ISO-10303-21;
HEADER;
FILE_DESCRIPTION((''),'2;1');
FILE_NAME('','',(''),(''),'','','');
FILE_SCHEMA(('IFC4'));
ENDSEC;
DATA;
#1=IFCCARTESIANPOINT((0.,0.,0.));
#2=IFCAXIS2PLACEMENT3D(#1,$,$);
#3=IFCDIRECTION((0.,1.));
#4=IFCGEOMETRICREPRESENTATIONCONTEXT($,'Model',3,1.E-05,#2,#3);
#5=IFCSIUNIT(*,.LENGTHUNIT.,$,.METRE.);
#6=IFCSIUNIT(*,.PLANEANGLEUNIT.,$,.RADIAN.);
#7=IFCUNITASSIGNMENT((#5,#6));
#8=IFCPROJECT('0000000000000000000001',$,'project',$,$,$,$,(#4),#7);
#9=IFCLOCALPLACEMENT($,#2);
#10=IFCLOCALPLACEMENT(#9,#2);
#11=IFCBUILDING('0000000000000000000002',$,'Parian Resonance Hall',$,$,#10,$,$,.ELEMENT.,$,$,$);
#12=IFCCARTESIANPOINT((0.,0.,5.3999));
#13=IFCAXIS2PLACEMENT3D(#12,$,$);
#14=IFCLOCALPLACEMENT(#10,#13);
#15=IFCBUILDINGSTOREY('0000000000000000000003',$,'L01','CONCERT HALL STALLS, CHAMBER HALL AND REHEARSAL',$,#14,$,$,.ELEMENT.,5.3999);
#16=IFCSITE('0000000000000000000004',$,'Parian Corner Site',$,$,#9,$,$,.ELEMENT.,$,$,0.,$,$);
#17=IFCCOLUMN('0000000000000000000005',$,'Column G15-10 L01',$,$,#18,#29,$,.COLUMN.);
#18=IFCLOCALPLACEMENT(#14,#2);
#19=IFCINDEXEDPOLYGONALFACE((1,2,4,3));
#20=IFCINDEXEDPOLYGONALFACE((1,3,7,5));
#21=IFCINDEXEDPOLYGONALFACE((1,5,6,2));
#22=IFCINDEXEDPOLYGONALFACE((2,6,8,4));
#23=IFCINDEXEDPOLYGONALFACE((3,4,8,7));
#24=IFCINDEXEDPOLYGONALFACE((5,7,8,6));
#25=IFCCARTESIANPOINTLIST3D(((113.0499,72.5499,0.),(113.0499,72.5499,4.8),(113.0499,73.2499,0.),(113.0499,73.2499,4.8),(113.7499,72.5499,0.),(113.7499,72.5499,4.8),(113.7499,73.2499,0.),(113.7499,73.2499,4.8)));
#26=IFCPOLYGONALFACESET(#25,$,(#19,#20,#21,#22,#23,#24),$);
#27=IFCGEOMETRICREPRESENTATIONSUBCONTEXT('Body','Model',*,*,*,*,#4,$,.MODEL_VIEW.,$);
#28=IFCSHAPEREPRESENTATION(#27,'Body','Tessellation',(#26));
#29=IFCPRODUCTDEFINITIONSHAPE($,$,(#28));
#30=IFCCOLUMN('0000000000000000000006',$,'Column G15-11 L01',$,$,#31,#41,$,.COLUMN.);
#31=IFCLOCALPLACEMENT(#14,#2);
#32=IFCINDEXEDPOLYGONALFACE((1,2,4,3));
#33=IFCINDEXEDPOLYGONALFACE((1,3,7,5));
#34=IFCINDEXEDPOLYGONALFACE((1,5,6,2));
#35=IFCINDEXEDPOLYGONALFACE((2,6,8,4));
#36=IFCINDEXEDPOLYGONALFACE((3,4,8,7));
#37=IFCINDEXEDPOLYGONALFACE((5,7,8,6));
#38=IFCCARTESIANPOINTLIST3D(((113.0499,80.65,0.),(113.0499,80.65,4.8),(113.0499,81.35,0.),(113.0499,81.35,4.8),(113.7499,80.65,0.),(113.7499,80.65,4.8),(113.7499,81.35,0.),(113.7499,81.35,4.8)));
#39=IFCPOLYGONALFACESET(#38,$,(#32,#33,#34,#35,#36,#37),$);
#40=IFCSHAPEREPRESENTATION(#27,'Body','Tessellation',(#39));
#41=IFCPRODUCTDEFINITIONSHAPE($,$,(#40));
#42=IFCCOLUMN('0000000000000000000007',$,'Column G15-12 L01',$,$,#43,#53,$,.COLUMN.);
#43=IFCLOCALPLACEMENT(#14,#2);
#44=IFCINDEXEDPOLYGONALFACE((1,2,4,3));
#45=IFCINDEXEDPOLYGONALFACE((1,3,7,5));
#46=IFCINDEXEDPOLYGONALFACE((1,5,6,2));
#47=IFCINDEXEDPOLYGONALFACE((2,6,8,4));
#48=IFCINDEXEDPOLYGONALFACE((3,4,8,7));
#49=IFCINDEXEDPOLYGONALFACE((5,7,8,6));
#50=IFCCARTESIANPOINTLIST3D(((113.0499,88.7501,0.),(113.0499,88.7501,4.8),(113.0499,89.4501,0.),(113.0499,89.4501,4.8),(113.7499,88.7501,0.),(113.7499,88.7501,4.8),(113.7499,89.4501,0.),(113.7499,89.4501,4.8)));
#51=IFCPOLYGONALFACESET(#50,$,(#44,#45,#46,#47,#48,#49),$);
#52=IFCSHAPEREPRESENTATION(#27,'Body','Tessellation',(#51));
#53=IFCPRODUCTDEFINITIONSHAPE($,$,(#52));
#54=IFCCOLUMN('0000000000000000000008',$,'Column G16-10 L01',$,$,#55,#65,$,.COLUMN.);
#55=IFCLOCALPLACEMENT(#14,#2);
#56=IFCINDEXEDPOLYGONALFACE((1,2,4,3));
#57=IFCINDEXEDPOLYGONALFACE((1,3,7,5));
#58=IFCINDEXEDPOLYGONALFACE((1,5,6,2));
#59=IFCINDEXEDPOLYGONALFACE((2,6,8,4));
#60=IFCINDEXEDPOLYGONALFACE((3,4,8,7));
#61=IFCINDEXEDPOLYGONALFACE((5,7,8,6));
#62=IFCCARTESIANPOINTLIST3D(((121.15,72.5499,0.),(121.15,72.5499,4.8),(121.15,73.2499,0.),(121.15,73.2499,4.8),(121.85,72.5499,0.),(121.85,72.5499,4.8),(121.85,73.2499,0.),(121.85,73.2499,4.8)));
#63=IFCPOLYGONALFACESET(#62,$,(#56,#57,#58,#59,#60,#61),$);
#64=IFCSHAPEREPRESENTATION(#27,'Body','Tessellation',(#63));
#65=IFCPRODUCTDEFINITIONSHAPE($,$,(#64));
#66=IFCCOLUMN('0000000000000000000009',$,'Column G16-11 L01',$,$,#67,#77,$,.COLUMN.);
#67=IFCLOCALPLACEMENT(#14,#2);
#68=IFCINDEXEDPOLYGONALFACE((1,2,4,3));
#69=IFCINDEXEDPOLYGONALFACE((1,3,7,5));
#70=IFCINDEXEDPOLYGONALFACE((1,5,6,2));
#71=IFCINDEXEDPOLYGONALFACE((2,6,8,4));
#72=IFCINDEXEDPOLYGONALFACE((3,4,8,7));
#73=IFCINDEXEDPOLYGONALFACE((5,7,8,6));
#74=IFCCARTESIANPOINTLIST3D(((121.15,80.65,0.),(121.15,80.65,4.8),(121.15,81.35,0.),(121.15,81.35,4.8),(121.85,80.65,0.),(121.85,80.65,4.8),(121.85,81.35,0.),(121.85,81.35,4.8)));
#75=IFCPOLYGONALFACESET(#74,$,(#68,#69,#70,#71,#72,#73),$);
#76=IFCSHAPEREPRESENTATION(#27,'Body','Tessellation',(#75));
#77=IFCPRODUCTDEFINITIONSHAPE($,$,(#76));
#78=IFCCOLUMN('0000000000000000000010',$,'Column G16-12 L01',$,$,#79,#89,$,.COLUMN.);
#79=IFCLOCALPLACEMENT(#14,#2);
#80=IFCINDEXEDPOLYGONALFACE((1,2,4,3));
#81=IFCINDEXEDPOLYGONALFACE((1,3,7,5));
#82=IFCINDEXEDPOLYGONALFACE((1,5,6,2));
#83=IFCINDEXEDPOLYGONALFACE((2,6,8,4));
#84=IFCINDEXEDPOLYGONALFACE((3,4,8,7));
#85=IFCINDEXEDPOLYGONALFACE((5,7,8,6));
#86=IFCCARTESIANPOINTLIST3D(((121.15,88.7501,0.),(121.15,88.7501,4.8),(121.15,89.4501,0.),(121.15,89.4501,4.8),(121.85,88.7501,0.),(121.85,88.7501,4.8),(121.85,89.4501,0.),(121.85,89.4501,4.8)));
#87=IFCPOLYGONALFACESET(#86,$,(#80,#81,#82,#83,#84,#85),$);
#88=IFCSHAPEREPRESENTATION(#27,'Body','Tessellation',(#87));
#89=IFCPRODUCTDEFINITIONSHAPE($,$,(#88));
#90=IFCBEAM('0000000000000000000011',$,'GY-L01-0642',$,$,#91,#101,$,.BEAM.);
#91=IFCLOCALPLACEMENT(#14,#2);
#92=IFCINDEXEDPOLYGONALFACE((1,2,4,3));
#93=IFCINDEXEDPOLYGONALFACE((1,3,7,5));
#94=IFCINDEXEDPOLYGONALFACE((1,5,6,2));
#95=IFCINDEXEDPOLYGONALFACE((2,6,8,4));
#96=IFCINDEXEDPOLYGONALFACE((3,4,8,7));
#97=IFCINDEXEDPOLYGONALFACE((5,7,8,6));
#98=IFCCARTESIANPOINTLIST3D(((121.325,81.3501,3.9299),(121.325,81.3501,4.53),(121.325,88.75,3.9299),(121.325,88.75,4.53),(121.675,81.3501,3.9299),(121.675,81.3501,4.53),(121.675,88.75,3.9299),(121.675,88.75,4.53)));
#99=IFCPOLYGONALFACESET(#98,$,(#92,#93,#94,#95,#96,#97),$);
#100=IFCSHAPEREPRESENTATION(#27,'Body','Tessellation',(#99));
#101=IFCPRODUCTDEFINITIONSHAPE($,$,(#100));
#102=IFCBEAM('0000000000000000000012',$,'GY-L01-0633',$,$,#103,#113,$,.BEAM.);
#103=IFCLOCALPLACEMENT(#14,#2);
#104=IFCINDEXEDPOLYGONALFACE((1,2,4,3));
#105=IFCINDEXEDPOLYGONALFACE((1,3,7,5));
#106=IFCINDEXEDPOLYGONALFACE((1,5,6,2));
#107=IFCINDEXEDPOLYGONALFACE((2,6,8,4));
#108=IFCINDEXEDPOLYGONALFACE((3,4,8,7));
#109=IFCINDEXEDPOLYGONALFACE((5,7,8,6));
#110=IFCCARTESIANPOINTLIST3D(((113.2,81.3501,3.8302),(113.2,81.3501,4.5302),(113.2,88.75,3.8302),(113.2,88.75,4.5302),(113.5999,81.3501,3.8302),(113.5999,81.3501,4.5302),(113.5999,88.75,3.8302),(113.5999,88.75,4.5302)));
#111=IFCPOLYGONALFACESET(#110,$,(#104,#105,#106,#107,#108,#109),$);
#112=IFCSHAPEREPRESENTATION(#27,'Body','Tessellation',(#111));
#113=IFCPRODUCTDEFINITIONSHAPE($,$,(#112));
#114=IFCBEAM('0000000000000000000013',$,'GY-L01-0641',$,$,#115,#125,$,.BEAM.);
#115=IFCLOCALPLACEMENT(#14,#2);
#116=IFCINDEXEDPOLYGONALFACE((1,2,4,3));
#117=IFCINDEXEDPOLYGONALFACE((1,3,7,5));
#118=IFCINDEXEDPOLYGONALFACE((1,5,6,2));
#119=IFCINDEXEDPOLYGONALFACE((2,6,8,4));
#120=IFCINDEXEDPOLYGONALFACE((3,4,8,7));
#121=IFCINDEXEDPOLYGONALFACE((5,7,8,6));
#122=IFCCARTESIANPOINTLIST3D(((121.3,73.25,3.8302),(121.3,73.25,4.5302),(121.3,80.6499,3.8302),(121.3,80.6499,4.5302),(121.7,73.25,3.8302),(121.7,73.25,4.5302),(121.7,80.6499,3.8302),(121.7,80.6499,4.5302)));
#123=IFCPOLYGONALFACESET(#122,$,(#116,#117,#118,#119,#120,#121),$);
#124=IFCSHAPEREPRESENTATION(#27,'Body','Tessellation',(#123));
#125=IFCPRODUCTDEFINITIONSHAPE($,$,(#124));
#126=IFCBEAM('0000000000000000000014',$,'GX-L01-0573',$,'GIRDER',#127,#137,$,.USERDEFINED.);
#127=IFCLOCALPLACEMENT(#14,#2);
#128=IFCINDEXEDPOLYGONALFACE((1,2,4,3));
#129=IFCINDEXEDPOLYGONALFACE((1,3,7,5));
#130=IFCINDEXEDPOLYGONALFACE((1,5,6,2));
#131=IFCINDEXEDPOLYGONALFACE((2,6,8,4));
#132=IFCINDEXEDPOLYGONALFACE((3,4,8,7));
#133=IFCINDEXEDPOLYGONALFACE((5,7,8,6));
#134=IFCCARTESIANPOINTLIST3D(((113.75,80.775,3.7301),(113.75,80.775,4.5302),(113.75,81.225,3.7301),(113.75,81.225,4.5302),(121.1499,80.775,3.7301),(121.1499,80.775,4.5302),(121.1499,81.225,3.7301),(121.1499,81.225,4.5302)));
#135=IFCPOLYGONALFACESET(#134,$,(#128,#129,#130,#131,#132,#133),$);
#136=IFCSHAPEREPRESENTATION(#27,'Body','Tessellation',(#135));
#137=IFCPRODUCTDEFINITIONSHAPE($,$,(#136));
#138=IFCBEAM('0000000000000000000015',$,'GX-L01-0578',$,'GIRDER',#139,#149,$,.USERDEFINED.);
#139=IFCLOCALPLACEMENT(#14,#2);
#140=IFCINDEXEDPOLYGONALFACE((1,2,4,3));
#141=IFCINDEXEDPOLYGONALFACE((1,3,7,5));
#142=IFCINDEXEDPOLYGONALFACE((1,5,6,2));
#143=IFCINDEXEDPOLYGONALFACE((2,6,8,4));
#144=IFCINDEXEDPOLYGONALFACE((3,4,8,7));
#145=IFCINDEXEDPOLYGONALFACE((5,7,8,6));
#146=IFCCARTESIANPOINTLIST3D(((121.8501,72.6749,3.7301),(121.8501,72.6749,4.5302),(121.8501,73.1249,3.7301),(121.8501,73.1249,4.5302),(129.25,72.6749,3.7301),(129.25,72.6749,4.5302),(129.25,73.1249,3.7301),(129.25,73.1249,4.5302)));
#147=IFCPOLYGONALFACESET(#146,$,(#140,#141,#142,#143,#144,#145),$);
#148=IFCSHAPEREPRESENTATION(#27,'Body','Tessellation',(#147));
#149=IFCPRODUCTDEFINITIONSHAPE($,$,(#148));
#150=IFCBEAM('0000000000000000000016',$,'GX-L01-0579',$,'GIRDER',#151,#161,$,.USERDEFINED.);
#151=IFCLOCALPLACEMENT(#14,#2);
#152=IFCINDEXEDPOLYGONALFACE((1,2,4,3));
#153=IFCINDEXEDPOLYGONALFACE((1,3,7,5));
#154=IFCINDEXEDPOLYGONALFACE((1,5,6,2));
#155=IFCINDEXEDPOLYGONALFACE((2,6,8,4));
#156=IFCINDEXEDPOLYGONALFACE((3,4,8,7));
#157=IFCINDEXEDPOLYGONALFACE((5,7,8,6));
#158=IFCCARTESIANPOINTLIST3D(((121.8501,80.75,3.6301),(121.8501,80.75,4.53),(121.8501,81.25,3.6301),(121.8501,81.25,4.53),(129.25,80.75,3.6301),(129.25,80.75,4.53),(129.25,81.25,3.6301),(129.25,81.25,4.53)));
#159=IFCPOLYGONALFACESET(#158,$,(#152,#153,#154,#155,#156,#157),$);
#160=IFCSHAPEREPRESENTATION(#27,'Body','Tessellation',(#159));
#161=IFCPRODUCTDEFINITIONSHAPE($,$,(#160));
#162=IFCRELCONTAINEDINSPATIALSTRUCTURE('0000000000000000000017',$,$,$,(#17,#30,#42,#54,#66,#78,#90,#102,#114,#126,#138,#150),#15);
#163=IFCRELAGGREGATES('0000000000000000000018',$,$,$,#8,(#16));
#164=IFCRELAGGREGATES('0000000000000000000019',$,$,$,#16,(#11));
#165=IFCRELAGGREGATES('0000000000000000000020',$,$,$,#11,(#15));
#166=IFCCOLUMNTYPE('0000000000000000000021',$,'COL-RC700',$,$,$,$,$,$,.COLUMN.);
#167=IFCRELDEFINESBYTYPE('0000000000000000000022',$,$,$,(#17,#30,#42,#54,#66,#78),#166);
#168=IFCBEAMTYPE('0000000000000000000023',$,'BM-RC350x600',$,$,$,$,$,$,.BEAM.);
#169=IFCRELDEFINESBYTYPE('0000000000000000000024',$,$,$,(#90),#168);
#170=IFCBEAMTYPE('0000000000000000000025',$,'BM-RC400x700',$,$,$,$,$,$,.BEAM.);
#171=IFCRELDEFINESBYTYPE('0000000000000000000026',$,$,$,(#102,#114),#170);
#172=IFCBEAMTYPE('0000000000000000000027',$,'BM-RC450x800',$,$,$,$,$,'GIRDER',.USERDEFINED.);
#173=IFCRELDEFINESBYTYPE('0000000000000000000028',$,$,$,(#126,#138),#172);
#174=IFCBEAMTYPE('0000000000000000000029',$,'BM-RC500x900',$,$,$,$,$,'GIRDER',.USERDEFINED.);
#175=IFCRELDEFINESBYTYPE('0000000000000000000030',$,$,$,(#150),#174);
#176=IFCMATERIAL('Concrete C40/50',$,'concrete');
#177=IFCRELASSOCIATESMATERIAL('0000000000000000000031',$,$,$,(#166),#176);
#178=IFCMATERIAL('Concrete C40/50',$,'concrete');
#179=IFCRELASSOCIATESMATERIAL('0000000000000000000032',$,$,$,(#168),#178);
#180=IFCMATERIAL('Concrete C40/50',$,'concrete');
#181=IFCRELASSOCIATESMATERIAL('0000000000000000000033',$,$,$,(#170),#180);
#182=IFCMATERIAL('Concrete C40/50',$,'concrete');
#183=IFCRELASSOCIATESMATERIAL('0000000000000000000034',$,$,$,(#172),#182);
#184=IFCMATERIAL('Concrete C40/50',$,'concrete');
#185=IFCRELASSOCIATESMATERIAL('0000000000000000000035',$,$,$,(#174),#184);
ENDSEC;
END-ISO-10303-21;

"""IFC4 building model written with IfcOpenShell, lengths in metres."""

from ifc_helpers import new_model, si_unit, direction, frame, origin, origin_2d, place, context, subcontext, project, spatial, rectangle, extrude, material, material_profile, profile_set, type_object, element, save


model = new_model("IFC4")

# Units and contexts
model_context = context("Model", 3, precision=1e-05, world=origin(), true_north=direction((0.0, 1.0)))
body_context = subcontext(model_context, "Body", "Model", "MODEL_VIEW")
ifc_project = project(units=[si_unit("LENGTHUNIT", "METRE"), si_unit("PLANEANGLEUNIT", "RADIAN")], contexts=[model_context])

# Site, building, storey
site_placement = place(None, origin())
site = spatial("IfcSite", under=ifc_project, at=site_placement, Name="Parian Corner Site", CompositionType="ELEMENT", RefElevation=0.0)
building_placement = place(site_placement, origin())
building = spatial("IfcBuilding", under=site, at=building_placement, Name="Parian Resonance Hall", CompositionType="ELEMENT")
storey_placement = place(building_placement, frame((0.0, 0.0, 5.3999)))
storey = spatial("IfcBuildingStorey", under=building, at=storey_placement, Name="L01", Description="CONCERT HALL STALLS, CHAMBER HALL AND REHEARSAL", CompositionType="ELEMENT", Elevation=5.3999)

# Columns
ifc_material_1 = material(Name="Concrete C40/50", Category="concrete")
ifc_material_profile_1 = material_profile(ifc_material_1, rectangle(XDim=0.7, YDim=0.7, at=origin_2d()), Name="RC-COL-700x700")
ifc_profile_set_1 = profile_set([ifc_material_profile_1], Name="Concrete C40/50")
column_type = type_object("IfcColumnType", Name="COL-RC700", PredefinedType="COLUMN", material=ifc_profile_set_1)
for number, where, z_axis, x_axis, name in (
    (1, (113.3999, 72.8999, 0.0), (0.0, 0.0, 1.0), (1.0, 0.0, 0.0), "Column G15-10 L01"),
    (2, (113.3999, 81.0, 0.0), (0.0, 0.0, 1.0), (1.0, 0.0, 0.0), "Column G15-11 L01"),
    (3, (113.3999, 89.1001, 0.0), (0.0, 0.0, 1.0), (1.0, 0.0, 0.0), "Column G15-12 L01"),
    (4, (121.5, 72.8999, 0.0), (0.0, 0.0, 1.0), (1.0, 0.0, 0.0), "Column G16-10 L01"),
    (5, (121.5, 81.0, 0.0), (0.0, 0.0, 1.0), (1.0, 0.0, 0.0), "Column G16-11 L01"),
    (6, (121.5, 89.1001, 0.0), (0.0, 0.0, 1.0), (1.0, 0.0, 0.0), "Column G16-12 L01"),
):
    element("IfcColumn", number, at=place(storey_placement, frame(where, z_axis=z_axis, x_axis=x_axis)), inside=storey, type_object=column_type, Name=name, PredefinedType="COLUMN", context=body_context, shape_type="SweptSolid", body=[
        extrude(rectangle(XDim=0.7, YDim=0.7, at=origin_2d()), origin(), (0.0, 0.0, 1.0), 4.8),
    ])

# Beams
ifc_material_2 = material(Name="Concrete C40/50", Category="concrete")
ifc_material_profile_2 = material_profile(ifc_material_2, rectangle(XDim=0.3501, YDim=0.6001, at=origin_2d()), Name="RC-BM-350x600")
ifc_profile_set_2 = profile_set([ifc_material_profile_2], Name="Concrete C40/50")
beam_type_1 = type_object("IfcBeamType", Name="BM-RC350x600", PredefinedType="BEAM", material=ifc_profile_set_2)
beam_1_placement = place(storey_placement, frame((121.5, 81.3501, 4.23), z_axis=(0.0, 1.0, 0.0), x_axis=(-1.0, 0.0, 0.0)))
element("IfcBeam", 7, at=beam_1_placement, inside=storey, type_object=beam_type_1, Name="GY-L01-0642", PredefinedType="BEAM", context=body_context, shape_type="SweptSolid", body=[
    extrude(rectangle(XDim=0.3501, YDim=0.6001, at=origin_2d()), origin(), (0.0, 0.0, 1.0), 7.3999),
])
ifc_material_3 = material(Name="Concrete C40/50", Category="concrete")
ifc_material_profile_3 = material_profile(ifc_material_3, rectangle(XDim=0.3999, YDim=0.7, at=origin_2d()), Name="RC-BM-400x700")
ifc_profile_set_3 = profile_set([ifc_material_profile_3], Name="Concrete C40/50")
beam_type_2 = type_object("IfcBeamType", Name="BM-RC400x700", PredefinedType="BEAM", material=ifc_profile_set_3)
for number, where, z_axis, x_axis, name in (
    (8, (113.3999, 81.3501, 4.1802), (0.0, 1.0, 0.0), (-1.0, 0.0, 0.0), "GY-L01-0633"),
    (9, (121.5, 73.25, 4.1802), (0.0, 1.0, 0.0), (-1.0, 0.0, 0.0), "GY-L01-0641"),
):
    element("IfcBeam", number, at=place(storey_placement, frame(where, z_axis=z_axis, x_axis=x_axis)), inside=storey, type_object=beam_type_2, Name=name, PredefinedType="BEAM", context=body_context, shape_type="SweptSolid", body=[
        extrude(rectangle(XDim=0.3999, YDim=0.7, at=origin_2d()), origin(), (0.0, 0.0, 1.0), 7.3999),
    ])
ifc_material_4 = material(Name="Concrete C40/50", Category="concrete")
ifc_material_profile_4 = material_profile(ifc_material_4, rectangle(XDim=0.45, YDim=0.8, at=origin_2d()), Name="RC-BM-450x800")
ifc_profile_set_4 = profile_set([ifc_material_profile_4], Name="Concrete C40/50")
beam_type_3 = type_object("IfcBeamType", Name="BM-RC450x800", ElementType="GIRDER", PredefinedType="USERDEFINED", material=ifc_profile_set_4)
for number, where, z_axis, x_axis, name in (
    (10, (113.75, 81.0, 4.1301), (1.0, 0.0, 0.0), (0.0, 1.0, 0.0), "GX-L01-0573"),
    (11, (121.8501, 72.8999, 4.1301), (1.0, 0.0, 0.0), (0.0, 1.0, 0.0), "GX-L01-0578"),
):
    element("IfcBeam", number, at=place(storey_placement, frame(where, z_axis=z_axis, x_axis=x_axis)), inside=storey, type_object=beam_type_3, Name=name, ObjectType="GIRDER", PredefinedType="USERDEFINED", context=body_context, shape_type="SweptSolid", body=[
        extrude(rectangle(XDim=0.45, YDim=0.8, at=origin_2d()), origin(), (0.0, 0.0, 1.0), 7.3999),
    ])
ifc_material_5 = material(Name="Concrete C40/50", Category="concrete")
ifc_material_profile_5 = material_profile(ifc_material_5, rectangle(XDim=0.5, YDim=0.8999, at=origin_2d()), Name="RC-BM-500x900")
ifc_profile_set_5 = profile_set([ifc_material_profile_5], Name="Concrete C40/50")
beam_type_4 = type_object("IfcBeamType", Name="BM-RC500x900", ElementType="GIRDER", PredefinedType="USERDEFINED", material=ifc_profile_set_5)
beam_2_placement = place(storey_placement, frame((121.8501, 81.0, 4.0801), z_axis=(1.0, 0.0, 0.0), x_axis=(0.0, 1.0, 0.0)))
element("IfcBeam", 12, at=beam_2_placement, inside=storey, type_object=beam_type_4, Name="GX-L01-0579", ObjectType="GIRDER", PredefinedType="USERDEFINED", context=body_context, shape_type="SweptSolid", body=[
    extrude(rectangle(XDim=0.5, YDim=0.8999, at=origin_2d()), origin(), (0.0, 0.0, 1.0), 7.3999),
])

save(model, "model.ifc")
